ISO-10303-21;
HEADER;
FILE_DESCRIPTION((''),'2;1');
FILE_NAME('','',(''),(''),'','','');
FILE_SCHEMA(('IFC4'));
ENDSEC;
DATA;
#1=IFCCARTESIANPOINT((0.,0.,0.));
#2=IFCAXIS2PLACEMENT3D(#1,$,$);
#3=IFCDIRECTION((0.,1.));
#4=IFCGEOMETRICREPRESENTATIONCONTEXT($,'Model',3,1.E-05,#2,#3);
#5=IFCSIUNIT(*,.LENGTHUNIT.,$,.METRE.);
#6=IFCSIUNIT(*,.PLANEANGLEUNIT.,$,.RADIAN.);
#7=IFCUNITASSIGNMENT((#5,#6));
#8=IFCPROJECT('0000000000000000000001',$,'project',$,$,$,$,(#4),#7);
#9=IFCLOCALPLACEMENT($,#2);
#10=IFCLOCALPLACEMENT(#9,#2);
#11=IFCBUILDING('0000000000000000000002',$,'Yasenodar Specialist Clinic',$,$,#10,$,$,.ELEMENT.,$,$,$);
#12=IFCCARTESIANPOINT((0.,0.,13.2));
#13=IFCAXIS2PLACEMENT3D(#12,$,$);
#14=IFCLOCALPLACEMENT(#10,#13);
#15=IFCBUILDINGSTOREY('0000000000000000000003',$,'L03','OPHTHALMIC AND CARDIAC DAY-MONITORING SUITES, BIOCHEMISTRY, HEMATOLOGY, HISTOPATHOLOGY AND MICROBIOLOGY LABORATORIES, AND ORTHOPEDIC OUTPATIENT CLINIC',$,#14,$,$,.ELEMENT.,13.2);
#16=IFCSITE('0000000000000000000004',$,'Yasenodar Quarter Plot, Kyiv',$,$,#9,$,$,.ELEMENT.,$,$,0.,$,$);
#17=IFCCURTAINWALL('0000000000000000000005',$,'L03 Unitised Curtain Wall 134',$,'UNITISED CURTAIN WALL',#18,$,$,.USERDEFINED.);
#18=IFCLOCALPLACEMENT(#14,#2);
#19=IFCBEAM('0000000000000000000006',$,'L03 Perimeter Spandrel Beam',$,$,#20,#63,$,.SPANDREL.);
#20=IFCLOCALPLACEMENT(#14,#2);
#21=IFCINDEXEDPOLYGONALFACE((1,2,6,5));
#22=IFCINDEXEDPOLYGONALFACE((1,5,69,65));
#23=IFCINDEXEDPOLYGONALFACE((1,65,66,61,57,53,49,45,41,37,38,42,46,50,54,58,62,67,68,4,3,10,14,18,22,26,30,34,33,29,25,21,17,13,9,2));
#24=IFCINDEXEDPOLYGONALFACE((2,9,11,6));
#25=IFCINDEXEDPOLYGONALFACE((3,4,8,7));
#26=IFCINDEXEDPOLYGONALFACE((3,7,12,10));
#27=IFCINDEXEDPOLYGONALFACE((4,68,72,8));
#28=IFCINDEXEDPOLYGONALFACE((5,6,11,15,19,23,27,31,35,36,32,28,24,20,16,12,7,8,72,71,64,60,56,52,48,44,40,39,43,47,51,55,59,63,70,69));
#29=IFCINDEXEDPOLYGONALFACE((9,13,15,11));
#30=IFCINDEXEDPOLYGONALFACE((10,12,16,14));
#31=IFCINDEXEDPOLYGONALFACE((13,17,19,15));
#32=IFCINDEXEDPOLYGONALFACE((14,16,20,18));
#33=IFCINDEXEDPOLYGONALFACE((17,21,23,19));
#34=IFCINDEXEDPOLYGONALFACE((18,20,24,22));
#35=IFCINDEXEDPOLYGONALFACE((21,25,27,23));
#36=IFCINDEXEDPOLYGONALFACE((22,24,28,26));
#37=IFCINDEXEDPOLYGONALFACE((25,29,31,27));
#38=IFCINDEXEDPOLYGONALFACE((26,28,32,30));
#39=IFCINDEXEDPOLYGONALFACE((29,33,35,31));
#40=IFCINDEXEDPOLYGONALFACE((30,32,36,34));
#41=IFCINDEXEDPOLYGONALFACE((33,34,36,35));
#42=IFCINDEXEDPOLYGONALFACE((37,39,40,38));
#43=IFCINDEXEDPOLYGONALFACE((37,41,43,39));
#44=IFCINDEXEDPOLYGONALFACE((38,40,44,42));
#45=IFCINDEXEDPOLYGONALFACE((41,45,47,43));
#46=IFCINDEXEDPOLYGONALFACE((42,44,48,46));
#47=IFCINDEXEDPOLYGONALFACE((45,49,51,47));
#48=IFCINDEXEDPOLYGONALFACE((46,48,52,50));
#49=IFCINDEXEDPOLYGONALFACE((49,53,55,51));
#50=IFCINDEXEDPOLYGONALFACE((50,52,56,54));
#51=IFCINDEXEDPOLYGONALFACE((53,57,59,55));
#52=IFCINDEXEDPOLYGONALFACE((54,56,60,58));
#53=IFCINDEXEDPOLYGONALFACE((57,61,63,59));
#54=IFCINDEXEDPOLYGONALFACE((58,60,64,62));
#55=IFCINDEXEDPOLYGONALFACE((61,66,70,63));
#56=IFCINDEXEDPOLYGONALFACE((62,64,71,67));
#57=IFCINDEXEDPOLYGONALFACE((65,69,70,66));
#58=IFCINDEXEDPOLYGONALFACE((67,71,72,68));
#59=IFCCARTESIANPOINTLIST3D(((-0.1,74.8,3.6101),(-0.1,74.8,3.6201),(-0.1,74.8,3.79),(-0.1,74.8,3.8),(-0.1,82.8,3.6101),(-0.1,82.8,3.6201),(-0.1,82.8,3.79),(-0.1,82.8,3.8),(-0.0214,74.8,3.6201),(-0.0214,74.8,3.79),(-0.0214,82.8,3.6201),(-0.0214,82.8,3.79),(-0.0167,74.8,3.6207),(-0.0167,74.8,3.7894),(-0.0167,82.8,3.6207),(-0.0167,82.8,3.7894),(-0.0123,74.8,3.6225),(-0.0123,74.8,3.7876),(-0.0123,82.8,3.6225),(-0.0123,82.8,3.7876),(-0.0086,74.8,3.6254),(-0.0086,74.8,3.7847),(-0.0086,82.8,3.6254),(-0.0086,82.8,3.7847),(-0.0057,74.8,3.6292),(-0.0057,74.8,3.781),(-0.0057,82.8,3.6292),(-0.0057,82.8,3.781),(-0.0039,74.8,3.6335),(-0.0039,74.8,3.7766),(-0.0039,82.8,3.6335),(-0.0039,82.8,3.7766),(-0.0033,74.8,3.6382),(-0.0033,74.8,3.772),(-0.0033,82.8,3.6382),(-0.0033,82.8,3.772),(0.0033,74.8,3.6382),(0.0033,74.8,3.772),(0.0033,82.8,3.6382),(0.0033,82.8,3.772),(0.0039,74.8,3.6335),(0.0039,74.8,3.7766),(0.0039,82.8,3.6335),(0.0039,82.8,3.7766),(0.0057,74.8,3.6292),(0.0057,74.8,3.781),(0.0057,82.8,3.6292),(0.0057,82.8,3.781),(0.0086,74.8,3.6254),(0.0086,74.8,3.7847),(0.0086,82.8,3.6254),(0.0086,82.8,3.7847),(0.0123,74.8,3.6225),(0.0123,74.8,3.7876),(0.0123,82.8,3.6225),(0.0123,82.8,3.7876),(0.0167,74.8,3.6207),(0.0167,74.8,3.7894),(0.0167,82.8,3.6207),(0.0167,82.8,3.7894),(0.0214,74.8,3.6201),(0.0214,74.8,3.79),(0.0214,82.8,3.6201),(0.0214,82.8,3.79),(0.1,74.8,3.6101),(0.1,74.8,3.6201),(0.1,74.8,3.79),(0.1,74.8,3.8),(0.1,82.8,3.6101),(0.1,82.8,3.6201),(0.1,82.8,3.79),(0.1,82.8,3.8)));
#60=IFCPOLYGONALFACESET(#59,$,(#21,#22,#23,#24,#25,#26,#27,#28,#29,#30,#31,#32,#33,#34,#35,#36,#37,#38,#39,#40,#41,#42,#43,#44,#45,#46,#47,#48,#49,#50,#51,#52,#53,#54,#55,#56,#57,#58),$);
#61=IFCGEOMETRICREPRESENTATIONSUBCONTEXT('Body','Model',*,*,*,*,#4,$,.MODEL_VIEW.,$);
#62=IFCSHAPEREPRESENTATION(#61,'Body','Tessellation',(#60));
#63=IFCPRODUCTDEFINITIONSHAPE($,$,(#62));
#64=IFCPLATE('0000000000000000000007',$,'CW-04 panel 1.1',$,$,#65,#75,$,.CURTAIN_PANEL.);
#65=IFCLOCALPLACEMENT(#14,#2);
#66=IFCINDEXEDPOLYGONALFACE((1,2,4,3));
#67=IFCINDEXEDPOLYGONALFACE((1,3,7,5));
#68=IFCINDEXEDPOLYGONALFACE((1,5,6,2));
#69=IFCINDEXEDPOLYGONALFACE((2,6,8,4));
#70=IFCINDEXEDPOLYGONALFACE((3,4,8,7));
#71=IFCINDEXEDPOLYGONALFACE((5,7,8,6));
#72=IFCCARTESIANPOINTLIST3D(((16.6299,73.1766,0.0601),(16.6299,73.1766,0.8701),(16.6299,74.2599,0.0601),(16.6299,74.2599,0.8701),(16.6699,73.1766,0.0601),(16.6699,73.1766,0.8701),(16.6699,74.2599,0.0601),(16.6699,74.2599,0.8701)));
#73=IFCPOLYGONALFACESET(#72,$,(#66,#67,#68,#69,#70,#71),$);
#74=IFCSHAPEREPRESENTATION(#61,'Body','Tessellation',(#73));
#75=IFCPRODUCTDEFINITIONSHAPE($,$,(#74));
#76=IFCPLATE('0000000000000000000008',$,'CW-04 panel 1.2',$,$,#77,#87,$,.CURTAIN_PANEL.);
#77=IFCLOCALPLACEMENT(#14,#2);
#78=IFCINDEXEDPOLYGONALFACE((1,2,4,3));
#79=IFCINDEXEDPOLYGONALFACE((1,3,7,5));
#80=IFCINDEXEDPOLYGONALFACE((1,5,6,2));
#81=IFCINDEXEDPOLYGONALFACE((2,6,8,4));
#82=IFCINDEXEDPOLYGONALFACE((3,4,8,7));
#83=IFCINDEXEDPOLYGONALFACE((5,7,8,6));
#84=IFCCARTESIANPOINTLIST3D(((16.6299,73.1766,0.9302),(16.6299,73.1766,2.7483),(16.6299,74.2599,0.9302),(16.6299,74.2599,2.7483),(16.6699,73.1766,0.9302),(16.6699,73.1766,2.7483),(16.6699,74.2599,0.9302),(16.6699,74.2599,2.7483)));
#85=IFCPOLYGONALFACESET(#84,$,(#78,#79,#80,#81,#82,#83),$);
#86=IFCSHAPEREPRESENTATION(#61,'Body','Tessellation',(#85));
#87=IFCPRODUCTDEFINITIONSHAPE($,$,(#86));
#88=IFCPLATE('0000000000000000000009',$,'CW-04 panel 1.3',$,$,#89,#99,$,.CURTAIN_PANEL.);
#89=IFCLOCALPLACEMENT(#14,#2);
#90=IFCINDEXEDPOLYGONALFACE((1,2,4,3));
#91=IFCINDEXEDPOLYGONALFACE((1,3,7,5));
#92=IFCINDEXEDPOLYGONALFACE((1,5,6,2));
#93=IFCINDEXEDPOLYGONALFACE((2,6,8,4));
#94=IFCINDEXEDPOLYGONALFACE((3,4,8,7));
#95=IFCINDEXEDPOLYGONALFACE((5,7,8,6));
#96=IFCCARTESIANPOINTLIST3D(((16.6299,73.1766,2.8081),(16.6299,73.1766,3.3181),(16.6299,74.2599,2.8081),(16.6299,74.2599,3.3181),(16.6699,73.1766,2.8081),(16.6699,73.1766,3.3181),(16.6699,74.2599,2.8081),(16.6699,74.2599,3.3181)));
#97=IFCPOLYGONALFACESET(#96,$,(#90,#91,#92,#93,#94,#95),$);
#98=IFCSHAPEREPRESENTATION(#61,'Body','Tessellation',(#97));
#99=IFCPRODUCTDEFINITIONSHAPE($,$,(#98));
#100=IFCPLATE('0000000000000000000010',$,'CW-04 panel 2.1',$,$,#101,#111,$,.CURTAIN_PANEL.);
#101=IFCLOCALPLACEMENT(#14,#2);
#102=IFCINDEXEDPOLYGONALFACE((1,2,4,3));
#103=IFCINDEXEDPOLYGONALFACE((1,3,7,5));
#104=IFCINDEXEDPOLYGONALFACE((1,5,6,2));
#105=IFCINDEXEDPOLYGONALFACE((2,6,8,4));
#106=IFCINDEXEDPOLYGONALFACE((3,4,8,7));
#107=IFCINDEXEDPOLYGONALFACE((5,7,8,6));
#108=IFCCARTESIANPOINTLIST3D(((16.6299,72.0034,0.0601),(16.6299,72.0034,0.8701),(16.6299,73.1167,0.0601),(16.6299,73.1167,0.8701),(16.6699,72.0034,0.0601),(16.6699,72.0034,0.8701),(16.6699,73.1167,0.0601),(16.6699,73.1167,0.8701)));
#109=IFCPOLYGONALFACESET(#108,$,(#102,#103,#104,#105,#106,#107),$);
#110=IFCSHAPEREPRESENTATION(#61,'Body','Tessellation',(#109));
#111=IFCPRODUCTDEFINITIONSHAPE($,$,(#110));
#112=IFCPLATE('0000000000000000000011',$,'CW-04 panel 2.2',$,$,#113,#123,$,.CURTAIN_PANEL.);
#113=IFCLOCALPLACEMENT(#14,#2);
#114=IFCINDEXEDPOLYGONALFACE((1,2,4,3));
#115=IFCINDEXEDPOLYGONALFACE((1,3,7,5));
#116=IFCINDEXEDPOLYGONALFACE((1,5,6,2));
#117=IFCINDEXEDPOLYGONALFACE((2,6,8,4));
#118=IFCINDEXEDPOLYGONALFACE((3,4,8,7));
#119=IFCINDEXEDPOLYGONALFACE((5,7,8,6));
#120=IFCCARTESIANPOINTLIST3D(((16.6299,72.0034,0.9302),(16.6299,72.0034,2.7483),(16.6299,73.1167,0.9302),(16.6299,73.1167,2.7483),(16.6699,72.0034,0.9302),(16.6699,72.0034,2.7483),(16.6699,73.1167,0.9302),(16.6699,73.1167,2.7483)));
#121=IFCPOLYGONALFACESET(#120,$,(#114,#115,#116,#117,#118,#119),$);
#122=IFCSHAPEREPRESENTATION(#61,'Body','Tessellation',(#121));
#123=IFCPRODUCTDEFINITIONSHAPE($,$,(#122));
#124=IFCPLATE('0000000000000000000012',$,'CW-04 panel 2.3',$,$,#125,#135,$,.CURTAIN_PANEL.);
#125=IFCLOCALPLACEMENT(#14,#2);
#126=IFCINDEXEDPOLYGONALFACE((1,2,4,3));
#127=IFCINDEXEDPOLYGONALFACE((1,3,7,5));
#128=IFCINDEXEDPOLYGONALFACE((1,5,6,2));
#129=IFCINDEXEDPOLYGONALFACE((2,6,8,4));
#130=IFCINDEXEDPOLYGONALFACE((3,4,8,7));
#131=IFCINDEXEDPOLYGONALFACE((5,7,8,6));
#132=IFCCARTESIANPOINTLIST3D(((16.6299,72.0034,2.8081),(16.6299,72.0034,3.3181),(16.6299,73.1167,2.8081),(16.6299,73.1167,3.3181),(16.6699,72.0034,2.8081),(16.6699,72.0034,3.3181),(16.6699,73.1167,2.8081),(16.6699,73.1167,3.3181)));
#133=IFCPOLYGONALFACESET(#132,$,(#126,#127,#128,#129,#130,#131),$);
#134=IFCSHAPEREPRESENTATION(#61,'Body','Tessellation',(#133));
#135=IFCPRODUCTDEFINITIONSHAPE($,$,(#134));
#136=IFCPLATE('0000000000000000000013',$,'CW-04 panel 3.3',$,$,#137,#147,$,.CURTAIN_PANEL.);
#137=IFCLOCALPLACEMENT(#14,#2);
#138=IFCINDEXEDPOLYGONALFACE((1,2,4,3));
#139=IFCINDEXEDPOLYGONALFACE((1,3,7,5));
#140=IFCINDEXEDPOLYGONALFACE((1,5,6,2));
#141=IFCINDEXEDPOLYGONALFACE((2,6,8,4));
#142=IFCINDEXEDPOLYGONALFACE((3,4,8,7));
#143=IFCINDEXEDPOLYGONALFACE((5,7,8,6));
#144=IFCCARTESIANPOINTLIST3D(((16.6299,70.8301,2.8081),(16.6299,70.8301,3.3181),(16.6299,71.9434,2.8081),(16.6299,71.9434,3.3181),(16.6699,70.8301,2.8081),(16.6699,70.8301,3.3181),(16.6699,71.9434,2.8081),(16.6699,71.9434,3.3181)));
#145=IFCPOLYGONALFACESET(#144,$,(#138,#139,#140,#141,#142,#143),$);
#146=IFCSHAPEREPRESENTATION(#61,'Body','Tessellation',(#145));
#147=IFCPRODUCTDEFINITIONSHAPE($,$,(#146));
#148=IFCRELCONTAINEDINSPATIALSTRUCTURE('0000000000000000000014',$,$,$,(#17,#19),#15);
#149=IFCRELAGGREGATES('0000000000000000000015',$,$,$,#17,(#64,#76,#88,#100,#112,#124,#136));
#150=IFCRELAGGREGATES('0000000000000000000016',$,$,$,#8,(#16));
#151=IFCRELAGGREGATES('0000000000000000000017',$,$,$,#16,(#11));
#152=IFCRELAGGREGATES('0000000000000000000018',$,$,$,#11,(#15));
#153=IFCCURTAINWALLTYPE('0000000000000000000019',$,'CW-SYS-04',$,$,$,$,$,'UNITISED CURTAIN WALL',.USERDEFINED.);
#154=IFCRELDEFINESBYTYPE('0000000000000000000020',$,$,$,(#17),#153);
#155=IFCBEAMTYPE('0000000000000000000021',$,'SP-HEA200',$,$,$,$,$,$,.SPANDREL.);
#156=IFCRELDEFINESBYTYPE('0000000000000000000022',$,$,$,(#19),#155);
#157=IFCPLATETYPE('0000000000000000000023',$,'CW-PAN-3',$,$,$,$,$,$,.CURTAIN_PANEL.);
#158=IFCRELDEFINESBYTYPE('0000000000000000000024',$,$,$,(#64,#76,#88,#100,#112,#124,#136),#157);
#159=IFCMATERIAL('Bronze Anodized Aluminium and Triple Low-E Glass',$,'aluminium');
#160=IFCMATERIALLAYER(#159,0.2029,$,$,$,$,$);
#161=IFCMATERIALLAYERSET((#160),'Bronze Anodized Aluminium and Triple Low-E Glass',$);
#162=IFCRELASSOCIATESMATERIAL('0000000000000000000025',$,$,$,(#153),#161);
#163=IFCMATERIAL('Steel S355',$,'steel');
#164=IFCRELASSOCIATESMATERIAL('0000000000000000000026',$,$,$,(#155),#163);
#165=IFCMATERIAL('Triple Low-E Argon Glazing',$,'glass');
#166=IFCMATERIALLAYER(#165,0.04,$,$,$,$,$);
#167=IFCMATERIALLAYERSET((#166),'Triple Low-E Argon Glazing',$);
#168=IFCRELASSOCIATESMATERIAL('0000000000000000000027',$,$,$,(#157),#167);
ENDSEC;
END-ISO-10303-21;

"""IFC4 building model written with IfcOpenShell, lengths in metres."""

from ifc_helpers import new_model, si_unit, direction, frame, origin, origin_2d, place, context, subcontext, project, spatial, rectangle, i_section, extrude, material, layer, layer_set, material_profile, profile_set, type_object, element, aggregate, save


model = new_model("IFC4")

# Units and contexts
model_context = context("Model", 3, precision=1e-05, world=origin(), true_north=direction((0.0, 1.0)))
body_context = subcontext(model_context, "Body", "Model", "MODEL_VIEW")
ifc_project = project(units=[si_unit("LENGTHUNIT", "METRE"), si_unit("PLANEANGLEUNIT", "RADIAN")], contexts=[model_context])

# Site, building, storey
site_placement = place(None, origin())
site = spatial("IfcSite", under=ifc_project, at=site_placement, Name="Yasenodar Quarter Plot, Kyiv", CompositionType="ELEMENT", RefElevation=0.0)
building_placement = place(site_placement, origin())
building = spatial("IfcBuilding", under=site, at=building_placement, Name="Yasenodar Specialist Clinic", CompositionType="ELEMENT")
storey_placement = place(building_placement, frame((0.0, 0.0, 13.2)))
storey = spatial("IfcBuildingStorey", under=building, at=storey_placement, Name="L03", Description="OPHTHALMIC AND CARDIAC DAY-MONITORING SUITES, BIOCHEMISTRY, HEMATOLOGY, HISTOPATHOLOGY AND MICROBIOLOGY LABORATORIES, AND ORTHOPEDIC OUTPATIENT CLINIC", CompositionType="ELEMENT", Elevation=13.2)

# Shared definitions
ifc_material_1 = material(Name="Steel S355", Category="steel")

# Curtain wall
ifc_material_2 = material(Name="Bronze Anodized Aluminium and Triple Low-E Glass", Category="aluminium")
ifc_layer_1 = layer(ifc_material_2, 0.2029)
ifc_layer_set_1 = layer_set([ifc_layer_1], Name="Bronze Anodized Aluminium and Triple Low-E Glass")
curtain_wall_type = type_object("IfcCurtainWallType", Name="CW-SYS-04", ElementType="UNITISED CURTAIN WALL", PredefinedType="USERDEFINED", material=ifc_layer_set_1)
curtain_wall_placement = place(storey_placement, origin())
curtain_wall = element("IfcCurtainWall", 1, at=curtain_wall_placement, inside=storey, type_object=curtain_wall_type, Name="L03 Unitised Curtain Wall 134", ObjectType="UNITISED CURTAIN WALL", PredefinedType="USERDEFINED")

# Beam
ifc_material_profile_1 = material_profile(ifc_material_1, i_section(OverallWidth=0.2, OverallDepth=0.1899, WebThickness=0.0066, FlangeThickness=0.01, FilletRadius=0.0181, at=origin_2d()), Name="HEA 200")
ifc_profile_set_1 = profile_set([ifc_material_profile_1], Name="Steel S355")
beam_type_1 = type_object("IfcBeamType", Name="SP-HEA200", PredefinedType="SPANDREL", material=ifc_profile_set_1)
beam_1_placement = place(storey_placement, frame((0.0, 74.8, 3.7051), z_axis=(0.0, 1.0, 0.0), x_axis=(-1.0, 0.0, 0.0)))
element("IfcBeam", 2, at=beam_1_placement, inside=storey, type_object=beam_type_1, Name="L03 Perimeter Spandrel Beam", PredefinedType="SPANDREL", context=body_context, shape_type="SweptSolid", body=[
    extrude(i_section(OverallWidth=0.2, OverallDepth=0.1899, WebThickness=0.0066, FlangeThickness=0.01, FilletRadius=0.0181, at=origin_2d()), origin(), (0.0, 0.0, 1.0), 8.0),
])

# Plates
ifc_material_3 = material(Name="Triple Low-E Argon Glazing", Category="glass")
ifc_layer_2 = layer(ifc_material_3, 0.04)
ifc_layer_set_2 = layer_set([ifc_layer_2], Name="Triple Low-E Argon Glazing")
plate_type = type_object("IfcPlateType", Name="CW-PAN-3", PredefinedType="CURTAIN_PANEL", material=ifc_layer_set_2)
plate_1_placement = place(storey_placement, frame((16.6499, 73.7183, 0.0601), z_axis=(0.0, 0.0, 1.0), x_axis=(0.0, -1.0, 0.0)))
plate_1 = element("IfcPlate", 3, at=plate_1_placement, type_object=plate_type, Name="CW-04 panel 1.1", PredefinedType="CURTAIN_PANEL", context=body_context, shape_type="SweptSolid", body=[
    extrude(rectangle(XDim=1.0833, YDim=0.04, at=origin_2d()), origin(), (0.0, 0.0, 1.0), 0.8101),
])
plate_2_placement = place(storey_placement, frame((16.6499, 73.7183, 0.9302), z_axis=(0.0, 0.0, 1.0), x_axis=(0.0, -1.0, 0.0)))
plate_2 = element("IfcPlate", 4, at=plate_2_placement, type_object=plate_type, Name="CW-04 panel 1.2", PredefinedType="CURTAIN_PANEL", context=body_context, shape_type="SweptSolid", body=[
    extrude(rectangle(XDim=1.0833, YDim=0.04, at=origin_2d()), origin(), (0.0, 0.0, 1.0), 1.8181),
])
plate_3_placement = place(storey_placement, frame((16.6499, 73.7183, 2.8081), z_axis=(0.0, 0.0, 1.0), x_axis=(0.0, -1.0, 0.0)))
plate_3 = element("IfcPlate", 5, at=plate_3_placement, type_object=plate_type, Name="CW-04 panel 1.3", PredefinedType="CURTAIN_PANEL", context=body_context, shape_type="SweptSolid", body=[
    extrude(rectangle(XDim=1.0833, YDim=0.04, at=origin_2d()), origin(), (0.0, 0.0, 1.0), 0.51),
])
plate_4_placement = place(storey_placement, frame((16.6499, 72.5601, 0.0601), z_axis=(0.0, 0.0, 1.0), x_axis=(0.0, -1.0, 0.0)))
plate_4 = element("IfcPlate", 6, at=plate_4_placement, type_object=plate_type, Name="CW-04 panel 2.1", PredefinedType="CURTAIN_PANEL", context=body_context, shape_type="SweptSolid", body=[
    extrude(rectangle(XDim=1.1133, YDim=0.04, at=origin_2d()), origin(), (0.0, 0.0, 1.0), 0.8101),
])
plate_5_placement = place(storey_placement, frame((16.6499, 72.5601, 0.9302), z_axis=(0.0, 0.0, 1.0), x_axis=(0.0, -1.0, 0.0)))
plate_5 = element("IfcPlate", 7, at=plate_5_placement, type_object=plate_type, Name="CW-04 panel 2.2", PredefinedType="CURTAIN_PANEL", context=body_context, shape_type="SweptSolid", body=[
    extrude(rectangle(XDim=1.1133, YDim=0.04, at=origin_2d()), origin(), (0.0, 0.0, 1.0), 1.8181),
])
plate_6_placement = place(storey_placement, frame((16.6499, 72.5601, 2.8081), z_axis=(0.0, 0.0, 1.0), x_axis=(0.0, -1.0, 0.0)))
plate_6 = element("IfcPlate", 8, at=plate_6_placement, type_object=plate_type, Name="CW-04 panel 2.3", PredefinedType="CURTAIN_PANEL", context=body_context, shape_type="SweptSolid", body=[
    extrude(rectangle(XDim=1.1133, YDim=0.04, at=origin_2d()), origin(), (0.0, 0.0, 1.0), 0.51),
])
plate_7_placement = place(storey_placement, frame((16.6499, 71.3867, 2.8081), z_axis=(0.0, 0.0, 1.0), x_axis=(0.0, -1.0, 0.0)))
plate_7 = element("IfcPlate", 9, at=plate_7_placement, type_object=plate_type, Name="CW-04 panel 3.3", PredefinedType="CURTAIN_PANEL", context=body_context, shape_type="SweptSolid", body=[
    extrude(rectangle(XDim=1.1133, YDim=0.04, at=origin_2d()), origin(), (0.0, 0.0, 1.0), 0.51),
])
aggregate(curtain_wall, [plate_1, plate_2, plate_3, plate_4, plate_5, plate_6, plate_7])

save(model, "model.ifc")
